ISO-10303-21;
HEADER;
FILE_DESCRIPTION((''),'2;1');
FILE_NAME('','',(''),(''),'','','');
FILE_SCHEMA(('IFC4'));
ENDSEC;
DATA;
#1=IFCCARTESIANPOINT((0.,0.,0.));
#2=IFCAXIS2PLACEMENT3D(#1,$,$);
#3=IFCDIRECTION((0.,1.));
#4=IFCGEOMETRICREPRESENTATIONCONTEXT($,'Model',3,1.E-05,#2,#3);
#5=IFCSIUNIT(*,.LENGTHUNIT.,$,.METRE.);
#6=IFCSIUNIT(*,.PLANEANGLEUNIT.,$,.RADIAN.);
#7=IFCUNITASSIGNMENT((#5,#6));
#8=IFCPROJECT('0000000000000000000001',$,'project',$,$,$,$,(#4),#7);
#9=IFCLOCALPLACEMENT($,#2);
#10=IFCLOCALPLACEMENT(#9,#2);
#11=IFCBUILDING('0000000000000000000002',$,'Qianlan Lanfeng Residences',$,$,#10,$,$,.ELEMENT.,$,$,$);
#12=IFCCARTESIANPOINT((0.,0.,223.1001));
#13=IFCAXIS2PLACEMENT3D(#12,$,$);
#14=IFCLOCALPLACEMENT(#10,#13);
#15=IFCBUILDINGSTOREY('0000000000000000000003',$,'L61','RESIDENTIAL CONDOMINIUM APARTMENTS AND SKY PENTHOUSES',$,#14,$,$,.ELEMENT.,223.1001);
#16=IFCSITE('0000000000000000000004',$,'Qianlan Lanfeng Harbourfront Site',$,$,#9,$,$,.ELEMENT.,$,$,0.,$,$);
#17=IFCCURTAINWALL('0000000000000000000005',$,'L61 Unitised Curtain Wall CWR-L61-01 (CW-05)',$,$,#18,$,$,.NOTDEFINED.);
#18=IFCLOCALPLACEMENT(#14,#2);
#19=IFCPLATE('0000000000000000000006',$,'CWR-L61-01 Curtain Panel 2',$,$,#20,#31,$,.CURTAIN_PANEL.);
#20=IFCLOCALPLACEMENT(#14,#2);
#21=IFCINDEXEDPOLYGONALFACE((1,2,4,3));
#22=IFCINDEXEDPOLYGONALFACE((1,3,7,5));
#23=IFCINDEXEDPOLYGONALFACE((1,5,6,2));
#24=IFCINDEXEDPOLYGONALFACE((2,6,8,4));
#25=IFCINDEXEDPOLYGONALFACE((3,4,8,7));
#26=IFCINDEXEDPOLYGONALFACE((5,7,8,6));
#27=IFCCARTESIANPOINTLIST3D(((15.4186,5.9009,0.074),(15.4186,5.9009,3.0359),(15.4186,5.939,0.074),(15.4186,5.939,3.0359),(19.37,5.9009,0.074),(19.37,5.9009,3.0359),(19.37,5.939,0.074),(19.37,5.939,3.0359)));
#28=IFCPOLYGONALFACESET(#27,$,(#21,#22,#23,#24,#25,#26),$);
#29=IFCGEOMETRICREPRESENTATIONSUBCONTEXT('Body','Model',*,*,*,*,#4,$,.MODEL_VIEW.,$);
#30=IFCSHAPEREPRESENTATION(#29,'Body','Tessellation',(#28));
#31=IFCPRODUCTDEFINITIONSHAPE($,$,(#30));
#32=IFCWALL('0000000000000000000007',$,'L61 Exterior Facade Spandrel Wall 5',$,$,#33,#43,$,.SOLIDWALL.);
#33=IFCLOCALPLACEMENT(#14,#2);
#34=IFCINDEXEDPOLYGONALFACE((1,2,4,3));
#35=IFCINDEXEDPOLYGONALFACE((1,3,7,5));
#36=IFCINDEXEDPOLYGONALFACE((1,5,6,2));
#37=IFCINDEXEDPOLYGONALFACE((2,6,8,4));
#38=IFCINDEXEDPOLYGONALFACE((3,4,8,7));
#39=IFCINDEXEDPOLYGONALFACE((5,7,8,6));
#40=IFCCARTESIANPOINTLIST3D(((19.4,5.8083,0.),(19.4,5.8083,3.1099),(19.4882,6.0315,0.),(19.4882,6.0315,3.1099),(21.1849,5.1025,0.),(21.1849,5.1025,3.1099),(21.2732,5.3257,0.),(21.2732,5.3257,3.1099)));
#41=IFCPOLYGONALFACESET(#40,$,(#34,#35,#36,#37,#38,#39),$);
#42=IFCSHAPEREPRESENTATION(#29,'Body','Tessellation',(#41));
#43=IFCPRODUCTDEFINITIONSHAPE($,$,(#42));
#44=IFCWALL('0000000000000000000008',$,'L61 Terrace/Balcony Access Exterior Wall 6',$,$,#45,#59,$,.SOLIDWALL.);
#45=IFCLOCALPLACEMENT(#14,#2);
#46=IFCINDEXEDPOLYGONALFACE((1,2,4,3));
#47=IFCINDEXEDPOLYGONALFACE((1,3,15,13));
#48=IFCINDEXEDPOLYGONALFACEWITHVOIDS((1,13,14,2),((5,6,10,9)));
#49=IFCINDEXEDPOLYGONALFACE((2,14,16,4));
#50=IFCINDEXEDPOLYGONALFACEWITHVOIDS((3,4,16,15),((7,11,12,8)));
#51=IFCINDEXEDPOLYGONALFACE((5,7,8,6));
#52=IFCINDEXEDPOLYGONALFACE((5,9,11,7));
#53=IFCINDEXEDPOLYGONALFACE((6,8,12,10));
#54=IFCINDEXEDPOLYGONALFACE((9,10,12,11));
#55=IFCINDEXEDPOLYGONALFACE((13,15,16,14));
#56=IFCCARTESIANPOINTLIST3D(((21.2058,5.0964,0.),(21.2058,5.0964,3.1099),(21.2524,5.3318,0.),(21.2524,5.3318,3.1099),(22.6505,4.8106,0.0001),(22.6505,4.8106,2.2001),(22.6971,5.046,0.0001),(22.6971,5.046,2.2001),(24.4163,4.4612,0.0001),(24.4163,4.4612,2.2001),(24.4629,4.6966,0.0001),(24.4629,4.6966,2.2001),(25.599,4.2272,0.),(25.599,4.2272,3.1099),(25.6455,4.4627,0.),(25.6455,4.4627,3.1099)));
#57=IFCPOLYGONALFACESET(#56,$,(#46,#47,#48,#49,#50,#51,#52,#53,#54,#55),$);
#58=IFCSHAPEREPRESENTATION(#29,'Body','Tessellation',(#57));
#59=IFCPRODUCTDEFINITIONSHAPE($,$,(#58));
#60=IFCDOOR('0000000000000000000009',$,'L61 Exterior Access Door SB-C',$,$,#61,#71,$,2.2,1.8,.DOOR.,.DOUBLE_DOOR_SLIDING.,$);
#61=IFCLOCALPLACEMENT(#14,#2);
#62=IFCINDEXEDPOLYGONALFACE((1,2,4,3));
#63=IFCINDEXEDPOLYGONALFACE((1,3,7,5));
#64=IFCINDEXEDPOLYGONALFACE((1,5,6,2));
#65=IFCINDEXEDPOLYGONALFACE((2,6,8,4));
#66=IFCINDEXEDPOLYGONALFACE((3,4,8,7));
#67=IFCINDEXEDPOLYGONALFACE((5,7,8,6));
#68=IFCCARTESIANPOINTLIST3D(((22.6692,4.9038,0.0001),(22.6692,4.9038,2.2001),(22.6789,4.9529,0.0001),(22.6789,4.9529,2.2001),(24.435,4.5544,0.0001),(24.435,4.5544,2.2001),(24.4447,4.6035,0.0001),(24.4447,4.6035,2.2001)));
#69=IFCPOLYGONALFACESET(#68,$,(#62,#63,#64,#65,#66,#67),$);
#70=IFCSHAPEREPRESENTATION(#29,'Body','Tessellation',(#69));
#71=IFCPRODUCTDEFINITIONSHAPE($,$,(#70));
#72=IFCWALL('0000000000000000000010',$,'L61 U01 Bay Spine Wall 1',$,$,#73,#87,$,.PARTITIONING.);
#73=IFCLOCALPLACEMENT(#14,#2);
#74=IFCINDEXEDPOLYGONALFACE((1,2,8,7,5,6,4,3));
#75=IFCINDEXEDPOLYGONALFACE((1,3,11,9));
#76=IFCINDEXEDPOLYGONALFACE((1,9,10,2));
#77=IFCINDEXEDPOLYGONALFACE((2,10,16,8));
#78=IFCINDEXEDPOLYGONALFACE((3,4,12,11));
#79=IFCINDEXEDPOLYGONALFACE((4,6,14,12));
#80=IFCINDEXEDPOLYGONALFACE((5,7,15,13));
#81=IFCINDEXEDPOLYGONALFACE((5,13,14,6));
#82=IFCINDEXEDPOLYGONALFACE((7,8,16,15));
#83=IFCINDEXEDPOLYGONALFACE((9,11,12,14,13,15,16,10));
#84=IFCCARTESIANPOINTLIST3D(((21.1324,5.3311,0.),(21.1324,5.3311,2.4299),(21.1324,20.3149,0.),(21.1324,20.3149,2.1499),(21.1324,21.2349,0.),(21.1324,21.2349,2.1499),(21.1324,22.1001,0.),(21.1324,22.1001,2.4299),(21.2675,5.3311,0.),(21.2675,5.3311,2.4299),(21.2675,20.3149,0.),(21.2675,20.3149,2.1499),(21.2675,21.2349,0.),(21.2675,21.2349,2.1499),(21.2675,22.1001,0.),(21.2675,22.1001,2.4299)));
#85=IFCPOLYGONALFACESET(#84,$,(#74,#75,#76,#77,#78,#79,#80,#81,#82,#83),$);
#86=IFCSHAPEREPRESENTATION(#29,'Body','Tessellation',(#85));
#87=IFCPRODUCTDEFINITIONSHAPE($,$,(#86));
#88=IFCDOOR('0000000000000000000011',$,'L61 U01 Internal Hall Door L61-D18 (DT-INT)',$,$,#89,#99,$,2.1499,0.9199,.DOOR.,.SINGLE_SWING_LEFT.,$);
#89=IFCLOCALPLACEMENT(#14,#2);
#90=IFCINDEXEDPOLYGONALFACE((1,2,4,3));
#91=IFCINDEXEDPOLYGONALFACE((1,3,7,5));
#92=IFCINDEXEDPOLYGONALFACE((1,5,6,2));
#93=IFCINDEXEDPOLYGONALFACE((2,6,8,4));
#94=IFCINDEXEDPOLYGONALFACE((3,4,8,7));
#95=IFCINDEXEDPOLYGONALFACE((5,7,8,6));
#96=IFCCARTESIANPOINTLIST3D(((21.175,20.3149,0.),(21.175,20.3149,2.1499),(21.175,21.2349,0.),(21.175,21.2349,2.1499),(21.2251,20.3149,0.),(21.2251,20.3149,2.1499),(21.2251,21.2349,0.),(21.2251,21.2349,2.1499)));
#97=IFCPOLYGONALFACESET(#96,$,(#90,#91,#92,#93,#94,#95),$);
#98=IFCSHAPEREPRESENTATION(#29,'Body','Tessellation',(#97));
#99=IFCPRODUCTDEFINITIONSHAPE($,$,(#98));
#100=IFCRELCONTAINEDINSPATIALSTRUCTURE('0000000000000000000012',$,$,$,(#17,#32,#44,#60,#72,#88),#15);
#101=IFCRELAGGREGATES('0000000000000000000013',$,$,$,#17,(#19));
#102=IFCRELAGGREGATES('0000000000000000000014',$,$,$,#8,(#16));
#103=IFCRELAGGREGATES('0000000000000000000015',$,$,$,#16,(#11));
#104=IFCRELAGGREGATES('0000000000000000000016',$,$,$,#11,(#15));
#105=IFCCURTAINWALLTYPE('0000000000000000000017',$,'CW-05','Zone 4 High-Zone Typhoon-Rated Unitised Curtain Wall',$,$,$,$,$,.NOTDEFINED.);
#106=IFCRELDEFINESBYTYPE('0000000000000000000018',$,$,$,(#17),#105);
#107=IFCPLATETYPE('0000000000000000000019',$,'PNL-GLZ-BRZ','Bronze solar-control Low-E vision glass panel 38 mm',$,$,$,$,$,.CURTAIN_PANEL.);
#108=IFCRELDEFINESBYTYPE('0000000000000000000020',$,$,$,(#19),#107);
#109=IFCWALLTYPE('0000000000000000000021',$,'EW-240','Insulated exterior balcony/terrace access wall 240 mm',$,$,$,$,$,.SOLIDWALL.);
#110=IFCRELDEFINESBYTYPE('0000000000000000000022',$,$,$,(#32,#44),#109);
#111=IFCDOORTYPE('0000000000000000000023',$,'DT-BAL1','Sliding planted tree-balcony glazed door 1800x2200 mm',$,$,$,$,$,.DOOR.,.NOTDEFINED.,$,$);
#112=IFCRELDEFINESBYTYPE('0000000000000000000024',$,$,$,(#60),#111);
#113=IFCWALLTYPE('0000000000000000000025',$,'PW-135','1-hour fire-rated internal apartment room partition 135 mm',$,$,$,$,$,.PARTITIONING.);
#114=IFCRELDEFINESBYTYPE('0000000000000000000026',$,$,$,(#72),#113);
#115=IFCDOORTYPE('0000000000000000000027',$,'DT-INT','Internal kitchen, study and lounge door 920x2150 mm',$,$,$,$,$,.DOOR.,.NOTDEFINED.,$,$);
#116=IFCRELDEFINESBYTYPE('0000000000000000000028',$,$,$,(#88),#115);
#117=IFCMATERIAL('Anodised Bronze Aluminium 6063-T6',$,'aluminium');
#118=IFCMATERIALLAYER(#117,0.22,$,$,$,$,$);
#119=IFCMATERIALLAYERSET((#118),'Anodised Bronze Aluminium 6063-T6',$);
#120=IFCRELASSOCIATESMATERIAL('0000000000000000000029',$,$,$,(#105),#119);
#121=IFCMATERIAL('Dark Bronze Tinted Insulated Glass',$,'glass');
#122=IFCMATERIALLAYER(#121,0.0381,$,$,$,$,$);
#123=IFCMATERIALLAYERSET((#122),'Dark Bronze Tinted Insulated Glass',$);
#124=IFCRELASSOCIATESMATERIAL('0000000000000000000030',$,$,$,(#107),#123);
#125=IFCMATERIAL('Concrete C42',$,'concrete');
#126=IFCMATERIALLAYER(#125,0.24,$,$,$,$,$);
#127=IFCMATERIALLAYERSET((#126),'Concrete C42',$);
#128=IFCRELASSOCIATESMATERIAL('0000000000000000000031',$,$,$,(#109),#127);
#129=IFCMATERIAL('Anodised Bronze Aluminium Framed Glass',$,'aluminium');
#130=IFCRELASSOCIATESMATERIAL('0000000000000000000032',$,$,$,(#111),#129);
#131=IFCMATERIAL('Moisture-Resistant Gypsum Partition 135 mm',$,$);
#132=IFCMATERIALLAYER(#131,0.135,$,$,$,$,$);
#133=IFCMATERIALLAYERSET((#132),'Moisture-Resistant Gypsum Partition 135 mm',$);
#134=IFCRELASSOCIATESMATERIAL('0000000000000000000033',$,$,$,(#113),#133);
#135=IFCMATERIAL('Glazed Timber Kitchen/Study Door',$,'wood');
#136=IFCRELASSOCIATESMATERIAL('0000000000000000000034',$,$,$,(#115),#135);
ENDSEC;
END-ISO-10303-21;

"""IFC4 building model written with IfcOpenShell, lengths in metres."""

from ifc_helpers import new_model, si_unit, direction, frame, frame_2d, origin, origin_2d, place, context, subcontext, project, spatial, rectangle, extrude, source, transform, mapped, material, layer, layer_set, type_object, element, fill, aggregate, save


model = new_model("IFC4")

# Units and contexts
model_context = context("Model", 3, precision=1e-05, world=origin(), true_north=direction((0.0, 1.0)))
body_context = subcontext(model_context, "Body", "Model", "MODEL_VIEW")
ifc_project = project(units=[si_unit("LENGTHUNIT", "METRE"), si_unit("PLANEANGLEUNIT", "RADIAN")], contexts=[model_context])

# Site, building, storey
site_placement = place(None, origin())
site = spatial("IfcSite", under=ifc_project, at=site_placement, Name="Qianlan Lanfeng Harbourfront Site", CompositionType="ELEMENT", RefElevation=0.0)
building_placement = place(site_placement, origin())
building = spatial("IfcBuilding", under=site, at=building_placement, Name="Qianlan Lanfeng Residences", CompositionType="ELEMENT")
storey_placement = place(building_placement, frame((0.0, 0.0, 223.1001)))
storey = spatial("IfcBuildingStorey", under=building, at=storey_placement, Name="L61", Description="RESIDENTIAL CONDOMINIUM APARTMENTS AND SKY PENTHOUSES", CompositionType="ELEMENT", Elevation=223.1001)

# Curtain wall, plate
ifc_material_1 = material(Name="Anodised Bronze Aluminium 6063-T6", Category="aluminium")
ifc_layer_1 = layer(ifc_material_1, 0.22)
ifc_layer_set_1 = layer_set([ifc_layer_1], Name="Anodised Bronze Aluminium 6063-T6")
curtain_wall_type = type_object("IfcCurtainWallType", Name="CW-05", Description="Zone 4 High-Zone Typhoon-Rated Unitised Curtain Wall", PredefinedType="NOTDEFINED", material=ifc_layer_set_1)
curtain_wall_placement = place(storey_placement, origin())
curtain_wall = element("IfcCurtainWall", 1, at=curtain_wall_placement, inside=storey, type_object=curtain_wall_type, Name="L61 Unitised Curtain Wall CWR-L61-01 (CW-05)", PredefinedType="NOTDEFINED")
ifc_material_2 = material(Name="Dark Bronze Tinted Insulated Glass", Category="glass")
ifc_layer_2 = layer(ifc_material_2, 0.0381)
ifc_layer_set_2 = layer_set([ifc_layer_2], Name="Dark Bronze Tinted Insulated Glass")
plate_type = type_object("IfcPlateType", Name="PNL-GLZ-BRZ", Description="Bronze solar-control Low-E vision glass panel 38 mm", PredefinedType="CURTAIN_PANEL", material=ifc_layer_set_2)
shared_shape_1 = source(origin(), body_context, "Body", "SweptSolid", [
    extrude(rectangle(XDim=3.9514, YDim=0.0381, at=origin_2d()), origin(), (0.0, 0.0, 1.0), 2.9619),
])
plate_1_placement = place(storey_placement, frame((17.3943, 5.9199, 0.074), z_axis=(0.0, 0.0, 1.0), x_axis=(1.0, 0.0, 0.0)))
plate_1 = element("IfcPlate", 2, at=plate_1_placement, type_object=plate_type, Name="CWR-L61-01 Curtain Panel 2", PredefinedType="CURTAIN_PANEL", context=body_context, shape_type="MappedRepresentation", body=[
    mapped(shared_shape_1, transform((0.0, 0.0, 0.0), scale=1.0)),
])
aggregate(curtain_wall, [plate_1])

# Wall
ifc_material_3 = material(Name="Concrete C42", Category="concrete")
ifc_layer_3 = layer(ifc_material_3, 0.24)
ifc_layer_set_3 = layer_set([ifc_layer_3], Name="Concrete C42")
wall_type_1 = type_object("IfcWallType", Name="EW-240", Description="Insulated exterior balcony/terrace access wall 240 mm", PredefinedType="SOLIDWALL", material=ifc_layer_set_3)
wall_1_placement = place(storey_placement, frame((19.4441, 5.9199, 0.0), z_axis=(0.0, 0.0, 1.0), x_axis=(0.929934, -0.367725, 0.0)))
element("IfcWall", 3, at=wall_1_placement, inside=storey, type_object=wall_type_1, Name="L61 Exterior Facade Spandrel Wall 5", PredefinedType="SOLIDWALL", context=body_context, shape_type="SweptSolid", body=[
    extrude(rectangle(XDim=1.9194, YDim=0.24, at=frame_2d((0.9597, 0.0))), origin(), (0.0, 0.0, 1.0), 3.1099),
])

# Walls, openings, doors
wall_2_placement = place(storey_placement, frame((21.229, 5.2141, 0.0), z_axis=(0.0, 0.0, 1.0), x_axis=(0.980985, -0.194082, 0.0)))
wall_2 = element("IfcWall", 4, at=wall_2_placement, inside=storey, type_object=wall_type_1, Name="L61 Terrace/Balcony Access Exterior Wall 6", PredefinedType="SOLIDWALL", context=body_context, shape_type="SweptSolid", body=[
    extrude(rectangle(XDim=4.4783, YDim=0.24, at=frame_2d((2.2393, 0.0))), origin(), (0.0, 0.0, 1.0), 3.1099),
])
opening_1_placement = place(wall_2_placement, frame((1.4729, 0.0, 0.0)))
opening_1 = element("IfcOpeningElement", 5, at=opening_1_placement, cuts=wall_2, PredefinedType="OPENING", context=body_context, shape_type="SweptSolid", body=[
    extrude(rectangle(XDim=1.8, YDim=2.2, at=frame_2d((0.8999, 1.1001))), frame((0.0, 0.1299, 0.0), z_axis=(0.0, -1.0, 0.0), x_axis=(1.0, 0.0, 0.0)), (0.0, 0.0, 1.0), 0.26),
])
ifc_material_4 = material(Name="Anodised Bronze Aluminium Framed Glass", Category="aluminium")
door_type_1 = type_object("IfcDoorType", Name="DT-BAL1", Description="Sliding planted tree-balcony glazed door 1800x2200 mm", OperationType="NOTDEFINED", PredefinedType="DOOR", material=ifc_material_4)
door_1_placement = place(opening_1_placement, frame((1.8, 0.0, 0.0), z_axis=(0.0, 0.0, 1.0), x_axis=(-1.0, 0.0, 0.0)))
door_1 = element("IfcDoor", 6, at=door_1_placement, inside=storey, type_object=door_type_1, Name="L61 Exterior Access Door SB-C", OperationType="DOUBLE_DOOR_SLIDING", OverallHeight=2.2, OverallWidth=1.8, PredefinedType="DOOR", context=body_context, shape_type="SweptSolid", body=[
    extrude(rectangle(XDim=1.8, YDim=2.2, at=frame_2d((0.8999, 1.1001))), frame((0.0, 0.0249, 0.0), z_axis=(0.0, -1.0, 0.0), x_axis=(1.0, 0.0, 0.0)), (0.0, 0.0, 1.0), 0.05),
])
fill(opening_1, door_1)
ifc_material_5 = material(Name="Moisture-Resistant Gypsum Partition 135 mm")
ifc_layer_4 = layer(ifc_material_5, 0.135)
ifc_layer_set_4 = layer_set([ifc_layer_4], Name="Moisture-Resistant Gypsum Partition 135 mm")
wall_type_2 = type_object("IfcWallType", Name="PW-135", Description="1-hour fire-rated internal apartment room partition 135 mm", PredefinedType="PARTITIONING", material=ifc_layer_set_4)
wall_3_placement = place(storey_placement, frame((21.2, 5.3311, 0.0), z_axis=(0.0, 0.0, 1.0), x_axis=(0.0, 1.0, 0.0)))
wall_3 = element("IfcWall", 7, at=wall_3_placement, inside=storey, type_object=wall_type_2, Name="L61 U01 Bay Spine Wall 1", PredefinedType="PARTITIONING", context=body_context, shape_type="SweptSolid", body=[
    extrude(rectangle(XDim=16.769, YDim=0.135, at=frame_2d((8.3845, 0.0))), origin(), (0.0, 0.0, 1.0), 2.4299),
])
opening_2_placement = place(wall_3_placement, frame((14.9839, 0.0, 0.0)))
opening_2 = element("IfcOpeningElement", 8, at=opening_2_placement, cuts=wall_3, PredefinedType="OPENING", context=body_context, shape_type="SweptSolid", body=[
    extrude(rectangle(XDim=0.9199, YDim=2.1499, at=frame_2d((0.46, 1.075))), frame((0.0, 0.0776, 0.0), z_axis=(0.0, -1.0, 0.0), x_axis=(1.0, 0.0, 0.0)), (0.0, 0.0, 1.0), 0.155),
])
ifc_material_6 = material(Name="Glazed Timber Kitchen/Study Door", Category="wood")
door_type_2 = type_object("IfcDoorType", Name="DT-INT", Description="Internal kitchen, study and lounge door 920x2150 mm", OperationType="NOTDEFINED", PredefinedType="DOOR", material=ifc_material_6)
door_2_placement = place(opening_2_placement, origin())
door_2 = element("IfcDoor", 9, at=door_2_placement, inside=storey, type_object=door_type_2, Name="L61 U01 Internal Hall Door L61-D18 (DT-INT)", OperationType="SINGLE_SWING_LEFT", OverallHeight=2.1499, OverallWidth=0.9199, PredefinedType="DOOR", context=body_context, shape_type="SweptSolid", body=[
    extrude(rectangle(XDim=0.9199, YDim=2.1499, at=frame_2d((0.46, 1.075))), frame((0.0, 0.0249, 0.0), z_axis=(0.0, -1.0, 0.0), x_axis=(1.0, 0.0, 0.0)), (0.0, 0.0, 1.0), 0.05),
])
fill(opening_2, door_2)

save(model, "model.ifc")
